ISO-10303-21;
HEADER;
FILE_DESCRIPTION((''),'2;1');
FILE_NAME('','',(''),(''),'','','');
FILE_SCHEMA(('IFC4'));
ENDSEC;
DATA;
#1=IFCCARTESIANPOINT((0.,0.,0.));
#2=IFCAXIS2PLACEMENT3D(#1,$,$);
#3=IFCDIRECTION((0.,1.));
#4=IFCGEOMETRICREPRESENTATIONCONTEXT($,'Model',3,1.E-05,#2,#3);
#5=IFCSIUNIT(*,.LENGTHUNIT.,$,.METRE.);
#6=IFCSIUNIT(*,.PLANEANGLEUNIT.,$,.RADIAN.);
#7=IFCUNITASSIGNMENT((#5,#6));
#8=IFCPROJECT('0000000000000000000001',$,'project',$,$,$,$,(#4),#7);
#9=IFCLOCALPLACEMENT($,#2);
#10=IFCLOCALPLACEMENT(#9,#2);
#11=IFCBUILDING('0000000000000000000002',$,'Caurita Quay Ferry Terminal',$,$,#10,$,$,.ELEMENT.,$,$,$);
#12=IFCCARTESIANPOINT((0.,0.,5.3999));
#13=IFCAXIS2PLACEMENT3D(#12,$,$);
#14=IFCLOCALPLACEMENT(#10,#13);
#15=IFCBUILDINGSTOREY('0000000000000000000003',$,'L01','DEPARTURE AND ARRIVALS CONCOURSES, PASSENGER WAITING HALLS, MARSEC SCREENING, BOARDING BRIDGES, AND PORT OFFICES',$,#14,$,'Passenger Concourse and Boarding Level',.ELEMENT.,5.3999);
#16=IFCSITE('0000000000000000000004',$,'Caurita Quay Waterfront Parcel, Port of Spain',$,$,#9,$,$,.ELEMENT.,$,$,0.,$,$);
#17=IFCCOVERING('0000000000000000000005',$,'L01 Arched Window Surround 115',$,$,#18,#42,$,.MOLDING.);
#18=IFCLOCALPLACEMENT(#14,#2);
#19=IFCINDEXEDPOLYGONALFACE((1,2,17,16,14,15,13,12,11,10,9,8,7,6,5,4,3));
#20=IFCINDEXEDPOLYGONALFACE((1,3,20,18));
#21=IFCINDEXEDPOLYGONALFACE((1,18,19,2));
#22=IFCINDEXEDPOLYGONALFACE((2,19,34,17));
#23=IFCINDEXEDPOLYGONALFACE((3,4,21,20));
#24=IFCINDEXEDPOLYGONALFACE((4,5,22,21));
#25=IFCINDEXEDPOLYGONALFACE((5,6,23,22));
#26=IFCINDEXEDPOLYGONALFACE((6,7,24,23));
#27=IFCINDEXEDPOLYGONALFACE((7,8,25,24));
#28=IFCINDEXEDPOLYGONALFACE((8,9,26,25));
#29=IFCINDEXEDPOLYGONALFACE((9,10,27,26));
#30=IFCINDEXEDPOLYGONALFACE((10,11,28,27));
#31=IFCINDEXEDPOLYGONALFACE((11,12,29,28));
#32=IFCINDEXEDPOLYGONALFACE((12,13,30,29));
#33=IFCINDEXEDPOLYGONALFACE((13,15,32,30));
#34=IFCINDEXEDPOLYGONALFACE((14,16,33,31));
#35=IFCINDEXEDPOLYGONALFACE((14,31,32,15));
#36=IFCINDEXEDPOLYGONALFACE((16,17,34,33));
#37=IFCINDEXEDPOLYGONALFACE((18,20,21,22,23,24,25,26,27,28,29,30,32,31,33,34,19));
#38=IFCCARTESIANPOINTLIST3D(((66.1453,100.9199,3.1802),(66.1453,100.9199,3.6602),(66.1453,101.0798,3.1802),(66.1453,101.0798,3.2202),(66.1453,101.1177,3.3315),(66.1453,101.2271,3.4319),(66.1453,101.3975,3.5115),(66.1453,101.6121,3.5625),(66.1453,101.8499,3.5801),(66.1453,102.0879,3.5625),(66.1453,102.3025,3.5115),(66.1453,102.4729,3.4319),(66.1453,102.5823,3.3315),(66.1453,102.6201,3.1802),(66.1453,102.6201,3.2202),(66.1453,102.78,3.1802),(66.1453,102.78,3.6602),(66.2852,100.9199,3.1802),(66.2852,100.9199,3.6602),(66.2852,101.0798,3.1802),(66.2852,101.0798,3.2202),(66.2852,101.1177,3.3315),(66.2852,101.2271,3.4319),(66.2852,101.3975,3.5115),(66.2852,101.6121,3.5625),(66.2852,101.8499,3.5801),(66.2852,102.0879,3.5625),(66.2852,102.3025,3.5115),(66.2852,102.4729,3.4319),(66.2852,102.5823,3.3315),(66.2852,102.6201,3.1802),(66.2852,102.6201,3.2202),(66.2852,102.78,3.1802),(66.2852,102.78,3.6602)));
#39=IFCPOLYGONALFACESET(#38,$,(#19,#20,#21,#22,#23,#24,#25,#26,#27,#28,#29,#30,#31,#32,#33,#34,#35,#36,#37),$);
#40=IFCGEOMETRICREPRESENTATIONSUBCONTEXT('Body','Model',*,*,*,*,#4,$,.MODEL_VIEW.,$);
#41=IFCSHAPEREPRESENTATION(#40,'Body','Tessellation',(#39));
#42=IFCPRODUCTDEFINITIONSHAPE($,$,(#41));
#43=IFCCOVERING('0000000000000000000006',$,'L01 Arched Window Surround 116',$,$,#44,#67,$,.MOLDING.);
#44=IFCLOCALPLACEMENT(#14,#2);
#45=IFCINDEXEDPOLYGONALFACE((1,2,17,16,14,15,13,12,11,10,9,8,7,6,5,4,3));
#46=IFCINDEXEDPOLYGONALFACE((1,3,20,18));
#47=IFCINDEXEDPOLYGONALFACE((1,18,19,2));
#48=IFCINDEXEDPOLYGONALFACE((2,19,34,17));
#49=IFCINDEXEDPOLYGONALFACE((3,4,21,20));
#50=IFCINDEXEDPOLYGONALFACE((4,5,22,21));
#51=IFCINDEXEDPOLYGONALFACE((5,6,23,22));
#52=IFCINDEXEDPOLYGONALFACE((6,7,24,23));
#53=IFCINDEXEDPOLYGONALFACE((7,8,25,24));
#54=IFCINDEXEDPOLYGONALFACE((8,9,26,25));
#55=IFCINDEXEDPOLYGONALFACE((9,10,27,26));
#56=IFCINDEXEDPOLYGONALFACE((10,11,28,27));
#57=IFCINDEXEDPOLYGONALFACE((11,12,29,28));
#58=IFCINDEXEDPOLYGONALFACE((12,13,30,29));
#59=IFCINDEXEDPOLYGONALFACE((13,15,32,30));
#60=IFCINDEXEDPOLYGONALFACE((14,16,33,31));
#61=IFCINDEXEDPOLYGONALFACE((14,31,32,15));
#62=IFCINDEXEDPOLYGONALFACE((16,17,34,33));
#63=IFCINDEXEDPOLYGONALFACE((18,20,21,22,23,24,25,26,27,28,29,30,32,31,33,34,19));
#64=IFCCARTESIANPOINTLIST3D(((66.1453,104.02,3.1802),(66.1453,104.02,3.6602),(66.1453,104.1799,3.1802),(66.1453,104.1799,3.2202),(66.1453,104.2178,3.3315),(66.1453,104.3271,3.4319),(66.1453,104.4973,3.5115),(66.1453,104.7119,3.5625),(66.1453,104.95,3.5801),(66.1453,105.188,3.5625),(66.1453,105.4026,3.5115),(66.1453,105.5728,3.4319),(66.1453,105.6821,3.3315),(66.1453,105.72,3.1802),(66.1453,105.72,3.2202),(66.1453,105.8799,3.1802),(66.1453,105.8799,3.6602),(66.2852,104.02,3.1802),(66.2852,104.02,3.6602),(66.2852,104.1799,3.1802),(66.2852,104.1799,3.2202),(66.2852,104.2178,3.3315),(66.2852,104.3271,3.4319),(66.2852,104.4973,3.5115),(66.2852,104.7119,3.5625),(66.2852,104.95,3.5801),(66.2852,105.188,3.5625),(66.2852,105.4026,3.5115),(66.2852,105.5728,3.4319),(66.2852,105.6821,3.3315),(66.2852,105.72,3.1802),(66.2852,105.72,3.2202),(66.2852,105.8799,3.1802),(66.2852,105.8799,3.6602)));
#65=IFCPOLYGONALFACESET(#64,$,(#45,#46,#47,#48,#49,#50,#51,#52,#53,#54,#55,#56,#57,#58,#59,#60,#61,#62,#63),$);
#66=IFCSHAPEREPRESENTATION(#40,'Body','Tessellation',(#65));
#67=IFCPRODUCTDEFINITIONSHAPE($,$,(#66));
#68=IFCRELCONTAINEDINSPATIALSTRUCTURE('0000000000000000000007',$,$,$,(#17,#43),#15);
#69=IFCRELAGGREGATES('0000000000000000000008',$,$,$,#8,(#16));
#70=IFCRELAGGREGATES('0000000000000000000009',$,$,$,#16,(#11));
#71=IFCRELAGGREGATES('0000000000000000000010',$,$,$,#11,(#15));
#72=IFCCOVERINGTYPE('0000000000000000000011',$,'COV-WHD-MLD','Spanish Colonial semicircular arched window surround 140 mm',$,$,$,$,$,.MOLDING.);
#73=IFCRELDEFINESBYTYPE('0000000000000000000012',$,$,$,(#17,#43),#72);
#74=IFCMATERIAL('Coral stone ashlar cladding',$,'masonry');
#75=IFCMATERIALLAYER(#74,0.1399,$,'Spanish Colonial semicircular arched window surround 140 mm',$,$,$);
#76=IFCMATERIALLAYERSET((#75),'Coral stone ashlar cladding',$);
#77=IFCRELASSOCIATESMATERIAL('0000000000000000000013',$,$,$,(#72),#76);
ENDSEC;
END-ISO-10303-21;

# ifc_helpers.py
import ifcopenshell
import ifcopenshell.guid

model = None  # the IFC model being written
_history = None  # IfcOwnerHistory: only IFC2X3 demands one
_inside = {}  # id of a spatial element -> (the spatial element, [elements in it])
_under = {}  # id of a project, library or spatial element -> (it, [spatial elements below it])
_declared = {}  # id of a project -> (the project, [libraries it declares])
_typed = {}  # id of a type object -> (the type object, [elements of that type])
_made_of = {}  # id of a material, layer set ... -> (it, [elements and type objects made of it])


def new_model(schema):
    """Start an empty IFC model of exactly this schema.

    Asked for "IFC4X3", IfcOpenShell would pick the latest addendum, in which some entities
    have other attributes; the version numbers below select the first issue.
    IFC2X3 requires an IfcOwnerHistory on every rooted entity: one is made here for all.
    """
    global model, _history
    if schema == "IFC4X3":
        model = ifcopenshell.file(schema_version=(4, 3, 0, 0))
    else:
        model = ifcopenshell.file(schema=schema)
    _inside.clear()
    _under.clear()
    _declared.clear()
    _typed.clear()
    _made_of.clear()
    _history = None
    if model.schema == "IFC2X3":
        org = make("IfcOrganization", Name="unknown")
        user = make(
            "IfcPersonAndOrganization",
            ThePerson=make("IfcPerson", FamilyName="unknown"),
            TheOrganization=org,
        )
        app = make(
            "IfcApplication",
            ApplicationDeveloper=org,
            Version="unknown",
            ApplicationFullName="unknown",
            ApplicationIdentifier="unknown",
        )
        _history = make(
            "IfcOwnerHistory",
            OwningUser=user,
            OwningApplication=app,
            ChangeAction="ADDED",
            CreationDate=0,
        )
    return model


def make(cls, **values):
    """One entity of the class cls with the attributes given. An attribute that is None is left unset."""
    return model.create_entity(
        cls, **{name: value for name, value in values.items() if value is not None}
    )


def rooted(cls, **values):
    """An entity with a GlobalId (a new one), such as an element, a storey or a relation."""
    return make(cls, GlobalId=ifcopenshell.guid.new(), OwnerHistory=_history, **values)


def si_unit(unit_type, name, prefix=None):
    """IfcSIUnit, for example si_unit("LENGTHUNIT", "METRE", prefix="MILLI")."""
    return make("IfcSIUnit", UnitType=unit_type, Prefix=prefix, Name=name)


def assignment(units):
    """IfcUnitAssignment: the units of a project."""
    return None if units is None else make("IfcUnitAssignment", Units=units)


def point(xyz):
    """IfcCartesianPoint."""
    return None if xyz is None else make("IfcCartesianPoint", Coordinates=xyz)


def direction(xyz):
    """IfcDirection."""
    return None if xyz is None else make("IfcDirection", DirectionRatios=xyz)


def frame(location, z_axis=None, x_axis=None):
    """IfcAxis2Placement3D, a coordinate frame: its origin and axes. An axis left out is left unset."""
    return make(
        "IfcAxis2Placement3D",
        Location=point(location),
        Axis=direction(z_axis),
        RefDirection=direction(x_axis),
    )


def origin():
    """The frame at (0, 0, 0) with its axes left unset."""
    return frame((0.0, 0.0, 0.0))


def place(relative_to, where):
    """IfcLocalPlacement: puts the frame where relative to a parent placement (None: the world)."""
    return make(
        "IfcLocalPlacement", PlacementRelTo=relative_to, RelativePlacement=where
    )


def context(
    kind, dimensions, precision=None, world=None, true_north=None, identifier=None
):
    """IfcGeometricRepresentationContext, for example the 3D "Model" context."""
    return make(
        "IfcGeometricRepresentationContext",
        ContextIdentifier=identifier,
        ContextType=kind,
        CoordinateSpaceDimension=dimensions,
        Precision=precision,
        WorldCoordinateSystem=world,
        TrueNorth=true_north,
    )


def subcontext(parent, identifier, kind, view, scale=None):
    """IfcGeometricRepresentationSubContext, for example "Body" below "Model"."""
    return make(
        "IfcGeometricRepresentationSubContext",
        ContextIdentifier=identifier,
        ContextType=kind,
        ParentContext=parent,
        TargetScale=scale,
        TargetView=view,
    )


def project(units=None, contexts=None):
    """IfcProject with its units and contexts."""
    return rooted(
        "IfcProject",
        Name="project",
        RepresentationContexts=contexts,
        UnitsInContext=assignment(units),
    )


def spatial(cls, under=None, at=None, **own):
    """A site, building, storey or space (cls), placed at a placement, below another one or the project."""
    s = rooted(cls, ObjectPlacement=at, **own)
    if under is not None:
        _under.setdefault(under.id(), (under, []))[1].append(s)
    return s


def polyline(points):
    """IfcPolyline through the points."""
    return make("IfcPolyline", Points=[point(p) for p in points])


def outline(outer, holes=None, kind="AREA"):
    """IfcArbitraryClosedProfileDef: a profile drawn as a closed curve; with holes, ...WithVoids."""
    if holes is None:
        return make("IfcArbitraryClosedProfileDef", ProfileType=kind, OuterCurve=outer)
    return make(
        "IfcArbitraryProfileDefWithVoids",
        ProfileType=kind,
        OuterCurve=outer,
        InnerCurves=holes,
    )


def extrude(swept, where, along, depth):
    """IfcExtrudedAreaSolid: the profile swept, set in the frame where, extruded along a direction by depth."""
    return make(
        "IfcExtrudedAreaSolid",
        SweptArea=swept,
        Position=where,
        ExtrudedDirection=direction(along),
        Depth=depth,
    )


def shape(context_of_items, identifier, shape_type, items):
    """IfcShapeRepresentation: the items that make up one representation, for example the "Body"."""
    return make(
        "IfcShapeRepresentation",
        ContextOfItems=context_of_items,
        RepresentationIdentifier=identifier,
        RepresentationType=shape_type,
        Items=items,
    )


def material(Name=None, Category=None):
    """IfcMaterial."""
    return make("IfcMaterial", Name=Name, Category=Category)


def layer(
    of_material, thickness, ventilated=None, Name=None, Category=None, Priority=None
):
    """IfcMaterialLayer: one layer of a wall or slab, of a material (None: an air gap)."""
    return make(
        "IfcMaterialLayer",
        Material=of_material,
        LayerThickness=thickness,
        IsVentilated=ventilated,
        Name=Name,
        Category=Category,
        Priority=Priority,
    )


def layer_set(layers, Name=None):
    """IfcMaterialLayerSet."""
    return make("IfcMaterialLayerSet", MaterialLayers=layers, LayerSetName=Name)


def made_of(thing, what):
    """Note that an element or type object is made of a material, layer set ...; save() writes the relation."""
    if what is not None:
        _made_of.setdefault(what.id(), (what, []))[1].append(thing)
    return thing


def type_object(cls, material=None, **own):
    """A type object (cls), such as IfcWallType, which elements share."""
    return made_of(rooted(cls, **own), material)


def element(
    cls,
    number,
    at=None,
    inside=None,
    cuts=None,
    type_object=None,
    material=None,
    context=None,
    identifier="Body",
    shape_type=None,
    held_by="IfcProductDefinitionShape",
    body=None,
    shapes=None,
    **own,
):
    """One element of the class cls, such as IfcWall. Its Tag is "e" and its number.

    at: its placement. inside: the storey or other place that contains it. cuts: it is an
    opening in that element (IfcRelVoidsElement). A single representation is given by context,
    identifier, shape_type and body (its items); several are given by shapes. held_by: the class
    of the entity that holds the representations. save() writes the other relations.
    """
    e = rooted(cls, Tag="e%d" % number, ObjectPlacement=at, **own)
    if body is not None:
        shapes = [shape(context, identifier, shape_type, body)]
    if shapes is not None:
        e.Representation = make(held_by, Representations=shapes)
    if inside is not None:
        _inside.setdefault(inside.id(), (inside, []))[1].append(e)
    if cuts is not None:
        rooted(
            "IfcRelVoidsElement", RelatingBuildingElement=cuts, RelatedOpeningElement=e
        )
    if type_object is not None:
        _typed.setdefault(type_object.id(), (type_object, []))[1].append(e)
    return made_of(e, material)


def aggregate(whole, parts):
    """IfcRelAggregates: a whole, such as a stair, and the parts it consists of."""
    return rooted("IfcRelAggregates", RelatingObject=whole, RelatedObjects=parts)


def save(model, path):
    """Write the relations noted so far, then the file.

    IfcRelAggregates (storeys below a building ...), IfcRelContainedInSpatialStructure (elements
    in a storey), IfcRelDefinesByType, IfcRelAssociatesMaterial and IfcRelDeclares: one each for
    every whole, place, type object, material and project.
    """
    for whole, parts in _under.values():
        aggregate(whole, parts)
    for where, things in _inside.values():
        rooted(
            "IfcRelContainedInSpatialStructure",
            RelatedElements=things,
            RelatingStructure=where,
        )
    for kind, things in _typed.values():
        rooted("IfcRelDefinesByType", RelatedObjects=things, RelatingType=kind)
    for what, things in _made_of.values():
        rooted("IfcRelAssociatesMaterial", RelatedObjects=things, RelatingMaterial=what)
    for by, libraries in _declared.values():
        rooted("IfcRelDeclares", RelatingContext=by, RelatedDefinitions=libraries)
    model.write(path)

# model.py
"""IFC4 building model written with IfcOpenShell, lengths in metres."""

from ifc_helpers import new_model, si_unit, direction, frame, origin, place, context, subcontext, project, spatial, polyline, outline, extrude, material, layer, layer_set, type_object, element, save


model = new_model("IFC4")

# Units and contexts
model_context = context("Model", 3, precision=1e-05, world=origin(), true_north=direction((0.0, 1.0)))
body_context = subcontext(model_context, "Body", "Model", "MODEL_VIEW")
ifc_project = project(units=[si_unit("LENGTHUNIT", "METRE"), si_unit("PLANEANGLEUNIT", "RADIAN")], contexts=[model_context])

# Site, building, storey
site_placement = place(None, origin())
site = spatial("IfcSite", under=ifc_project, at=site_placement, Name="Caurita Quay Waterfront Parcel, Port of Spain", CompositionType="ELEMENT", RefElevation=0.0)
building_placement = place(site_placement, origin())
building = spatial("IfcBuilding", under=site, at=building_placement, Name="Caurita Quay Ferry Terminal", CompositionType="ELEMENT")
storey_placement = place(building_placement, frame((0.0, 0.0, 5.3999)))
storey = spatial("IfcBuildingStorey", under=building, at=storey_placement, Name="L01", Description="DEPARTURE AND ARRIVALS CONCOURSES, PASSENGER WAITING HALLS, MARSEC SCREENING, BOARDING BRIDGES, AND PORT OFFICES", LongName="Passenger Concourse and Boarding Level", CompositionType="ELEMENT", Elevation=5.3999)

# Coverings
ifc_material_1 = material(Name="Coral stone ashlar cladding", Category="masonry")
ifc_layer_1 = layer(ifc_material_1, 0.1399, Name="Spanish Colonial semicircular arched window surround 140 mm")
ifc_layer_set_1 = layer_set([ifc_layer_1], Name="Coral stone ashlar cladding")
covering_type_1 = type_object("IfcCoveringType", Name="COV-WHD-MLD", Description="Spanish Colonial semicircular arched window surround 140 mm", PredefinedType="MOLDING", material=ifc_layer_set_1)
covering_1_placement = place(storey_placement, frame((66.2151, 100.9199, 3.1802), z_axis=(0.0, 0.0, 1.0), x_axis=(0.0, 1.0, 0.0)))
element("IfcCovering", 1, at=covering_1_placement, inside=storey, type_object=covering_type_1, Name="L01 Arched Window Surround 115", PredefinedType="MOLDING", context=body_context, shape_type="SweptSolid", body=[
    extrude(outline(polyline([(0.0, 0.0), (0.1599, 0.0), (0.1599, 0.04), (0.1978, 0.1514), (0.3071, 0.2517), (0.4775, 0.3313), (0.6921, 0.3823), (0.9299, 0.3999), (1.168, 0.3823), (1.3826, 0.3313), (1.553, 0.2517), (1.6624, 0.1514), (1.7002, 0.04), (1.7002, 0.0), (1.8601, 0.0), (1.8601, 0.48), (0.0, 0.48), (0.0, 0.0)])), frame((0.0, 0.0698, 0.0), z_axis=(0.0, -1.0, 0.0), x_axis=(1.0, 0.0, 0.0)), (0.0, 0.0, 1.0), 0.1399),
])
covering_2_placement = place(storey_placement, frame((66.2151, 104.02, 3.1802), z_axis=(0.0, 0.0, 1.0), x_axis=(0.0, 1.0, 0.0)))
element("IfcCovering", 2, at=covering_2_placement, inside=storey, type_object=covering_type_1, Name="L01 Arched Window Surround 116", PredefinedType="MOLDING", context=body_context, shape_type="SweptSolid", body=[
    extrude(outline(polyline([(0.0, 0.0), (0.1599, 0.0), (0.1599, 0.04), (0.1978, 0.1514), (0.3071, 0.2517), (0.4773, 0.3313), (0.6919, 0.3823), (0.9299, 0.3999), (1.168, 0.3823), (1.3826, 0.3313), (1.5527, 0.2517), (1.6621, 0.1514), (1.7, 0.04), (1.7, 0.0), (1.8599, 0.0), (1.8599, 0.48), (0.0, 0.48), (0.0, 0.0)])), frame((0.0, 0.0698, 0.0), z_axis=(0.0, -1.0, 0.0), x_axis=(1.0, 0.0, 0.0)), (0.0, 0.0, 1.0), 0.1399),
])

save(model, "model.ifc")
